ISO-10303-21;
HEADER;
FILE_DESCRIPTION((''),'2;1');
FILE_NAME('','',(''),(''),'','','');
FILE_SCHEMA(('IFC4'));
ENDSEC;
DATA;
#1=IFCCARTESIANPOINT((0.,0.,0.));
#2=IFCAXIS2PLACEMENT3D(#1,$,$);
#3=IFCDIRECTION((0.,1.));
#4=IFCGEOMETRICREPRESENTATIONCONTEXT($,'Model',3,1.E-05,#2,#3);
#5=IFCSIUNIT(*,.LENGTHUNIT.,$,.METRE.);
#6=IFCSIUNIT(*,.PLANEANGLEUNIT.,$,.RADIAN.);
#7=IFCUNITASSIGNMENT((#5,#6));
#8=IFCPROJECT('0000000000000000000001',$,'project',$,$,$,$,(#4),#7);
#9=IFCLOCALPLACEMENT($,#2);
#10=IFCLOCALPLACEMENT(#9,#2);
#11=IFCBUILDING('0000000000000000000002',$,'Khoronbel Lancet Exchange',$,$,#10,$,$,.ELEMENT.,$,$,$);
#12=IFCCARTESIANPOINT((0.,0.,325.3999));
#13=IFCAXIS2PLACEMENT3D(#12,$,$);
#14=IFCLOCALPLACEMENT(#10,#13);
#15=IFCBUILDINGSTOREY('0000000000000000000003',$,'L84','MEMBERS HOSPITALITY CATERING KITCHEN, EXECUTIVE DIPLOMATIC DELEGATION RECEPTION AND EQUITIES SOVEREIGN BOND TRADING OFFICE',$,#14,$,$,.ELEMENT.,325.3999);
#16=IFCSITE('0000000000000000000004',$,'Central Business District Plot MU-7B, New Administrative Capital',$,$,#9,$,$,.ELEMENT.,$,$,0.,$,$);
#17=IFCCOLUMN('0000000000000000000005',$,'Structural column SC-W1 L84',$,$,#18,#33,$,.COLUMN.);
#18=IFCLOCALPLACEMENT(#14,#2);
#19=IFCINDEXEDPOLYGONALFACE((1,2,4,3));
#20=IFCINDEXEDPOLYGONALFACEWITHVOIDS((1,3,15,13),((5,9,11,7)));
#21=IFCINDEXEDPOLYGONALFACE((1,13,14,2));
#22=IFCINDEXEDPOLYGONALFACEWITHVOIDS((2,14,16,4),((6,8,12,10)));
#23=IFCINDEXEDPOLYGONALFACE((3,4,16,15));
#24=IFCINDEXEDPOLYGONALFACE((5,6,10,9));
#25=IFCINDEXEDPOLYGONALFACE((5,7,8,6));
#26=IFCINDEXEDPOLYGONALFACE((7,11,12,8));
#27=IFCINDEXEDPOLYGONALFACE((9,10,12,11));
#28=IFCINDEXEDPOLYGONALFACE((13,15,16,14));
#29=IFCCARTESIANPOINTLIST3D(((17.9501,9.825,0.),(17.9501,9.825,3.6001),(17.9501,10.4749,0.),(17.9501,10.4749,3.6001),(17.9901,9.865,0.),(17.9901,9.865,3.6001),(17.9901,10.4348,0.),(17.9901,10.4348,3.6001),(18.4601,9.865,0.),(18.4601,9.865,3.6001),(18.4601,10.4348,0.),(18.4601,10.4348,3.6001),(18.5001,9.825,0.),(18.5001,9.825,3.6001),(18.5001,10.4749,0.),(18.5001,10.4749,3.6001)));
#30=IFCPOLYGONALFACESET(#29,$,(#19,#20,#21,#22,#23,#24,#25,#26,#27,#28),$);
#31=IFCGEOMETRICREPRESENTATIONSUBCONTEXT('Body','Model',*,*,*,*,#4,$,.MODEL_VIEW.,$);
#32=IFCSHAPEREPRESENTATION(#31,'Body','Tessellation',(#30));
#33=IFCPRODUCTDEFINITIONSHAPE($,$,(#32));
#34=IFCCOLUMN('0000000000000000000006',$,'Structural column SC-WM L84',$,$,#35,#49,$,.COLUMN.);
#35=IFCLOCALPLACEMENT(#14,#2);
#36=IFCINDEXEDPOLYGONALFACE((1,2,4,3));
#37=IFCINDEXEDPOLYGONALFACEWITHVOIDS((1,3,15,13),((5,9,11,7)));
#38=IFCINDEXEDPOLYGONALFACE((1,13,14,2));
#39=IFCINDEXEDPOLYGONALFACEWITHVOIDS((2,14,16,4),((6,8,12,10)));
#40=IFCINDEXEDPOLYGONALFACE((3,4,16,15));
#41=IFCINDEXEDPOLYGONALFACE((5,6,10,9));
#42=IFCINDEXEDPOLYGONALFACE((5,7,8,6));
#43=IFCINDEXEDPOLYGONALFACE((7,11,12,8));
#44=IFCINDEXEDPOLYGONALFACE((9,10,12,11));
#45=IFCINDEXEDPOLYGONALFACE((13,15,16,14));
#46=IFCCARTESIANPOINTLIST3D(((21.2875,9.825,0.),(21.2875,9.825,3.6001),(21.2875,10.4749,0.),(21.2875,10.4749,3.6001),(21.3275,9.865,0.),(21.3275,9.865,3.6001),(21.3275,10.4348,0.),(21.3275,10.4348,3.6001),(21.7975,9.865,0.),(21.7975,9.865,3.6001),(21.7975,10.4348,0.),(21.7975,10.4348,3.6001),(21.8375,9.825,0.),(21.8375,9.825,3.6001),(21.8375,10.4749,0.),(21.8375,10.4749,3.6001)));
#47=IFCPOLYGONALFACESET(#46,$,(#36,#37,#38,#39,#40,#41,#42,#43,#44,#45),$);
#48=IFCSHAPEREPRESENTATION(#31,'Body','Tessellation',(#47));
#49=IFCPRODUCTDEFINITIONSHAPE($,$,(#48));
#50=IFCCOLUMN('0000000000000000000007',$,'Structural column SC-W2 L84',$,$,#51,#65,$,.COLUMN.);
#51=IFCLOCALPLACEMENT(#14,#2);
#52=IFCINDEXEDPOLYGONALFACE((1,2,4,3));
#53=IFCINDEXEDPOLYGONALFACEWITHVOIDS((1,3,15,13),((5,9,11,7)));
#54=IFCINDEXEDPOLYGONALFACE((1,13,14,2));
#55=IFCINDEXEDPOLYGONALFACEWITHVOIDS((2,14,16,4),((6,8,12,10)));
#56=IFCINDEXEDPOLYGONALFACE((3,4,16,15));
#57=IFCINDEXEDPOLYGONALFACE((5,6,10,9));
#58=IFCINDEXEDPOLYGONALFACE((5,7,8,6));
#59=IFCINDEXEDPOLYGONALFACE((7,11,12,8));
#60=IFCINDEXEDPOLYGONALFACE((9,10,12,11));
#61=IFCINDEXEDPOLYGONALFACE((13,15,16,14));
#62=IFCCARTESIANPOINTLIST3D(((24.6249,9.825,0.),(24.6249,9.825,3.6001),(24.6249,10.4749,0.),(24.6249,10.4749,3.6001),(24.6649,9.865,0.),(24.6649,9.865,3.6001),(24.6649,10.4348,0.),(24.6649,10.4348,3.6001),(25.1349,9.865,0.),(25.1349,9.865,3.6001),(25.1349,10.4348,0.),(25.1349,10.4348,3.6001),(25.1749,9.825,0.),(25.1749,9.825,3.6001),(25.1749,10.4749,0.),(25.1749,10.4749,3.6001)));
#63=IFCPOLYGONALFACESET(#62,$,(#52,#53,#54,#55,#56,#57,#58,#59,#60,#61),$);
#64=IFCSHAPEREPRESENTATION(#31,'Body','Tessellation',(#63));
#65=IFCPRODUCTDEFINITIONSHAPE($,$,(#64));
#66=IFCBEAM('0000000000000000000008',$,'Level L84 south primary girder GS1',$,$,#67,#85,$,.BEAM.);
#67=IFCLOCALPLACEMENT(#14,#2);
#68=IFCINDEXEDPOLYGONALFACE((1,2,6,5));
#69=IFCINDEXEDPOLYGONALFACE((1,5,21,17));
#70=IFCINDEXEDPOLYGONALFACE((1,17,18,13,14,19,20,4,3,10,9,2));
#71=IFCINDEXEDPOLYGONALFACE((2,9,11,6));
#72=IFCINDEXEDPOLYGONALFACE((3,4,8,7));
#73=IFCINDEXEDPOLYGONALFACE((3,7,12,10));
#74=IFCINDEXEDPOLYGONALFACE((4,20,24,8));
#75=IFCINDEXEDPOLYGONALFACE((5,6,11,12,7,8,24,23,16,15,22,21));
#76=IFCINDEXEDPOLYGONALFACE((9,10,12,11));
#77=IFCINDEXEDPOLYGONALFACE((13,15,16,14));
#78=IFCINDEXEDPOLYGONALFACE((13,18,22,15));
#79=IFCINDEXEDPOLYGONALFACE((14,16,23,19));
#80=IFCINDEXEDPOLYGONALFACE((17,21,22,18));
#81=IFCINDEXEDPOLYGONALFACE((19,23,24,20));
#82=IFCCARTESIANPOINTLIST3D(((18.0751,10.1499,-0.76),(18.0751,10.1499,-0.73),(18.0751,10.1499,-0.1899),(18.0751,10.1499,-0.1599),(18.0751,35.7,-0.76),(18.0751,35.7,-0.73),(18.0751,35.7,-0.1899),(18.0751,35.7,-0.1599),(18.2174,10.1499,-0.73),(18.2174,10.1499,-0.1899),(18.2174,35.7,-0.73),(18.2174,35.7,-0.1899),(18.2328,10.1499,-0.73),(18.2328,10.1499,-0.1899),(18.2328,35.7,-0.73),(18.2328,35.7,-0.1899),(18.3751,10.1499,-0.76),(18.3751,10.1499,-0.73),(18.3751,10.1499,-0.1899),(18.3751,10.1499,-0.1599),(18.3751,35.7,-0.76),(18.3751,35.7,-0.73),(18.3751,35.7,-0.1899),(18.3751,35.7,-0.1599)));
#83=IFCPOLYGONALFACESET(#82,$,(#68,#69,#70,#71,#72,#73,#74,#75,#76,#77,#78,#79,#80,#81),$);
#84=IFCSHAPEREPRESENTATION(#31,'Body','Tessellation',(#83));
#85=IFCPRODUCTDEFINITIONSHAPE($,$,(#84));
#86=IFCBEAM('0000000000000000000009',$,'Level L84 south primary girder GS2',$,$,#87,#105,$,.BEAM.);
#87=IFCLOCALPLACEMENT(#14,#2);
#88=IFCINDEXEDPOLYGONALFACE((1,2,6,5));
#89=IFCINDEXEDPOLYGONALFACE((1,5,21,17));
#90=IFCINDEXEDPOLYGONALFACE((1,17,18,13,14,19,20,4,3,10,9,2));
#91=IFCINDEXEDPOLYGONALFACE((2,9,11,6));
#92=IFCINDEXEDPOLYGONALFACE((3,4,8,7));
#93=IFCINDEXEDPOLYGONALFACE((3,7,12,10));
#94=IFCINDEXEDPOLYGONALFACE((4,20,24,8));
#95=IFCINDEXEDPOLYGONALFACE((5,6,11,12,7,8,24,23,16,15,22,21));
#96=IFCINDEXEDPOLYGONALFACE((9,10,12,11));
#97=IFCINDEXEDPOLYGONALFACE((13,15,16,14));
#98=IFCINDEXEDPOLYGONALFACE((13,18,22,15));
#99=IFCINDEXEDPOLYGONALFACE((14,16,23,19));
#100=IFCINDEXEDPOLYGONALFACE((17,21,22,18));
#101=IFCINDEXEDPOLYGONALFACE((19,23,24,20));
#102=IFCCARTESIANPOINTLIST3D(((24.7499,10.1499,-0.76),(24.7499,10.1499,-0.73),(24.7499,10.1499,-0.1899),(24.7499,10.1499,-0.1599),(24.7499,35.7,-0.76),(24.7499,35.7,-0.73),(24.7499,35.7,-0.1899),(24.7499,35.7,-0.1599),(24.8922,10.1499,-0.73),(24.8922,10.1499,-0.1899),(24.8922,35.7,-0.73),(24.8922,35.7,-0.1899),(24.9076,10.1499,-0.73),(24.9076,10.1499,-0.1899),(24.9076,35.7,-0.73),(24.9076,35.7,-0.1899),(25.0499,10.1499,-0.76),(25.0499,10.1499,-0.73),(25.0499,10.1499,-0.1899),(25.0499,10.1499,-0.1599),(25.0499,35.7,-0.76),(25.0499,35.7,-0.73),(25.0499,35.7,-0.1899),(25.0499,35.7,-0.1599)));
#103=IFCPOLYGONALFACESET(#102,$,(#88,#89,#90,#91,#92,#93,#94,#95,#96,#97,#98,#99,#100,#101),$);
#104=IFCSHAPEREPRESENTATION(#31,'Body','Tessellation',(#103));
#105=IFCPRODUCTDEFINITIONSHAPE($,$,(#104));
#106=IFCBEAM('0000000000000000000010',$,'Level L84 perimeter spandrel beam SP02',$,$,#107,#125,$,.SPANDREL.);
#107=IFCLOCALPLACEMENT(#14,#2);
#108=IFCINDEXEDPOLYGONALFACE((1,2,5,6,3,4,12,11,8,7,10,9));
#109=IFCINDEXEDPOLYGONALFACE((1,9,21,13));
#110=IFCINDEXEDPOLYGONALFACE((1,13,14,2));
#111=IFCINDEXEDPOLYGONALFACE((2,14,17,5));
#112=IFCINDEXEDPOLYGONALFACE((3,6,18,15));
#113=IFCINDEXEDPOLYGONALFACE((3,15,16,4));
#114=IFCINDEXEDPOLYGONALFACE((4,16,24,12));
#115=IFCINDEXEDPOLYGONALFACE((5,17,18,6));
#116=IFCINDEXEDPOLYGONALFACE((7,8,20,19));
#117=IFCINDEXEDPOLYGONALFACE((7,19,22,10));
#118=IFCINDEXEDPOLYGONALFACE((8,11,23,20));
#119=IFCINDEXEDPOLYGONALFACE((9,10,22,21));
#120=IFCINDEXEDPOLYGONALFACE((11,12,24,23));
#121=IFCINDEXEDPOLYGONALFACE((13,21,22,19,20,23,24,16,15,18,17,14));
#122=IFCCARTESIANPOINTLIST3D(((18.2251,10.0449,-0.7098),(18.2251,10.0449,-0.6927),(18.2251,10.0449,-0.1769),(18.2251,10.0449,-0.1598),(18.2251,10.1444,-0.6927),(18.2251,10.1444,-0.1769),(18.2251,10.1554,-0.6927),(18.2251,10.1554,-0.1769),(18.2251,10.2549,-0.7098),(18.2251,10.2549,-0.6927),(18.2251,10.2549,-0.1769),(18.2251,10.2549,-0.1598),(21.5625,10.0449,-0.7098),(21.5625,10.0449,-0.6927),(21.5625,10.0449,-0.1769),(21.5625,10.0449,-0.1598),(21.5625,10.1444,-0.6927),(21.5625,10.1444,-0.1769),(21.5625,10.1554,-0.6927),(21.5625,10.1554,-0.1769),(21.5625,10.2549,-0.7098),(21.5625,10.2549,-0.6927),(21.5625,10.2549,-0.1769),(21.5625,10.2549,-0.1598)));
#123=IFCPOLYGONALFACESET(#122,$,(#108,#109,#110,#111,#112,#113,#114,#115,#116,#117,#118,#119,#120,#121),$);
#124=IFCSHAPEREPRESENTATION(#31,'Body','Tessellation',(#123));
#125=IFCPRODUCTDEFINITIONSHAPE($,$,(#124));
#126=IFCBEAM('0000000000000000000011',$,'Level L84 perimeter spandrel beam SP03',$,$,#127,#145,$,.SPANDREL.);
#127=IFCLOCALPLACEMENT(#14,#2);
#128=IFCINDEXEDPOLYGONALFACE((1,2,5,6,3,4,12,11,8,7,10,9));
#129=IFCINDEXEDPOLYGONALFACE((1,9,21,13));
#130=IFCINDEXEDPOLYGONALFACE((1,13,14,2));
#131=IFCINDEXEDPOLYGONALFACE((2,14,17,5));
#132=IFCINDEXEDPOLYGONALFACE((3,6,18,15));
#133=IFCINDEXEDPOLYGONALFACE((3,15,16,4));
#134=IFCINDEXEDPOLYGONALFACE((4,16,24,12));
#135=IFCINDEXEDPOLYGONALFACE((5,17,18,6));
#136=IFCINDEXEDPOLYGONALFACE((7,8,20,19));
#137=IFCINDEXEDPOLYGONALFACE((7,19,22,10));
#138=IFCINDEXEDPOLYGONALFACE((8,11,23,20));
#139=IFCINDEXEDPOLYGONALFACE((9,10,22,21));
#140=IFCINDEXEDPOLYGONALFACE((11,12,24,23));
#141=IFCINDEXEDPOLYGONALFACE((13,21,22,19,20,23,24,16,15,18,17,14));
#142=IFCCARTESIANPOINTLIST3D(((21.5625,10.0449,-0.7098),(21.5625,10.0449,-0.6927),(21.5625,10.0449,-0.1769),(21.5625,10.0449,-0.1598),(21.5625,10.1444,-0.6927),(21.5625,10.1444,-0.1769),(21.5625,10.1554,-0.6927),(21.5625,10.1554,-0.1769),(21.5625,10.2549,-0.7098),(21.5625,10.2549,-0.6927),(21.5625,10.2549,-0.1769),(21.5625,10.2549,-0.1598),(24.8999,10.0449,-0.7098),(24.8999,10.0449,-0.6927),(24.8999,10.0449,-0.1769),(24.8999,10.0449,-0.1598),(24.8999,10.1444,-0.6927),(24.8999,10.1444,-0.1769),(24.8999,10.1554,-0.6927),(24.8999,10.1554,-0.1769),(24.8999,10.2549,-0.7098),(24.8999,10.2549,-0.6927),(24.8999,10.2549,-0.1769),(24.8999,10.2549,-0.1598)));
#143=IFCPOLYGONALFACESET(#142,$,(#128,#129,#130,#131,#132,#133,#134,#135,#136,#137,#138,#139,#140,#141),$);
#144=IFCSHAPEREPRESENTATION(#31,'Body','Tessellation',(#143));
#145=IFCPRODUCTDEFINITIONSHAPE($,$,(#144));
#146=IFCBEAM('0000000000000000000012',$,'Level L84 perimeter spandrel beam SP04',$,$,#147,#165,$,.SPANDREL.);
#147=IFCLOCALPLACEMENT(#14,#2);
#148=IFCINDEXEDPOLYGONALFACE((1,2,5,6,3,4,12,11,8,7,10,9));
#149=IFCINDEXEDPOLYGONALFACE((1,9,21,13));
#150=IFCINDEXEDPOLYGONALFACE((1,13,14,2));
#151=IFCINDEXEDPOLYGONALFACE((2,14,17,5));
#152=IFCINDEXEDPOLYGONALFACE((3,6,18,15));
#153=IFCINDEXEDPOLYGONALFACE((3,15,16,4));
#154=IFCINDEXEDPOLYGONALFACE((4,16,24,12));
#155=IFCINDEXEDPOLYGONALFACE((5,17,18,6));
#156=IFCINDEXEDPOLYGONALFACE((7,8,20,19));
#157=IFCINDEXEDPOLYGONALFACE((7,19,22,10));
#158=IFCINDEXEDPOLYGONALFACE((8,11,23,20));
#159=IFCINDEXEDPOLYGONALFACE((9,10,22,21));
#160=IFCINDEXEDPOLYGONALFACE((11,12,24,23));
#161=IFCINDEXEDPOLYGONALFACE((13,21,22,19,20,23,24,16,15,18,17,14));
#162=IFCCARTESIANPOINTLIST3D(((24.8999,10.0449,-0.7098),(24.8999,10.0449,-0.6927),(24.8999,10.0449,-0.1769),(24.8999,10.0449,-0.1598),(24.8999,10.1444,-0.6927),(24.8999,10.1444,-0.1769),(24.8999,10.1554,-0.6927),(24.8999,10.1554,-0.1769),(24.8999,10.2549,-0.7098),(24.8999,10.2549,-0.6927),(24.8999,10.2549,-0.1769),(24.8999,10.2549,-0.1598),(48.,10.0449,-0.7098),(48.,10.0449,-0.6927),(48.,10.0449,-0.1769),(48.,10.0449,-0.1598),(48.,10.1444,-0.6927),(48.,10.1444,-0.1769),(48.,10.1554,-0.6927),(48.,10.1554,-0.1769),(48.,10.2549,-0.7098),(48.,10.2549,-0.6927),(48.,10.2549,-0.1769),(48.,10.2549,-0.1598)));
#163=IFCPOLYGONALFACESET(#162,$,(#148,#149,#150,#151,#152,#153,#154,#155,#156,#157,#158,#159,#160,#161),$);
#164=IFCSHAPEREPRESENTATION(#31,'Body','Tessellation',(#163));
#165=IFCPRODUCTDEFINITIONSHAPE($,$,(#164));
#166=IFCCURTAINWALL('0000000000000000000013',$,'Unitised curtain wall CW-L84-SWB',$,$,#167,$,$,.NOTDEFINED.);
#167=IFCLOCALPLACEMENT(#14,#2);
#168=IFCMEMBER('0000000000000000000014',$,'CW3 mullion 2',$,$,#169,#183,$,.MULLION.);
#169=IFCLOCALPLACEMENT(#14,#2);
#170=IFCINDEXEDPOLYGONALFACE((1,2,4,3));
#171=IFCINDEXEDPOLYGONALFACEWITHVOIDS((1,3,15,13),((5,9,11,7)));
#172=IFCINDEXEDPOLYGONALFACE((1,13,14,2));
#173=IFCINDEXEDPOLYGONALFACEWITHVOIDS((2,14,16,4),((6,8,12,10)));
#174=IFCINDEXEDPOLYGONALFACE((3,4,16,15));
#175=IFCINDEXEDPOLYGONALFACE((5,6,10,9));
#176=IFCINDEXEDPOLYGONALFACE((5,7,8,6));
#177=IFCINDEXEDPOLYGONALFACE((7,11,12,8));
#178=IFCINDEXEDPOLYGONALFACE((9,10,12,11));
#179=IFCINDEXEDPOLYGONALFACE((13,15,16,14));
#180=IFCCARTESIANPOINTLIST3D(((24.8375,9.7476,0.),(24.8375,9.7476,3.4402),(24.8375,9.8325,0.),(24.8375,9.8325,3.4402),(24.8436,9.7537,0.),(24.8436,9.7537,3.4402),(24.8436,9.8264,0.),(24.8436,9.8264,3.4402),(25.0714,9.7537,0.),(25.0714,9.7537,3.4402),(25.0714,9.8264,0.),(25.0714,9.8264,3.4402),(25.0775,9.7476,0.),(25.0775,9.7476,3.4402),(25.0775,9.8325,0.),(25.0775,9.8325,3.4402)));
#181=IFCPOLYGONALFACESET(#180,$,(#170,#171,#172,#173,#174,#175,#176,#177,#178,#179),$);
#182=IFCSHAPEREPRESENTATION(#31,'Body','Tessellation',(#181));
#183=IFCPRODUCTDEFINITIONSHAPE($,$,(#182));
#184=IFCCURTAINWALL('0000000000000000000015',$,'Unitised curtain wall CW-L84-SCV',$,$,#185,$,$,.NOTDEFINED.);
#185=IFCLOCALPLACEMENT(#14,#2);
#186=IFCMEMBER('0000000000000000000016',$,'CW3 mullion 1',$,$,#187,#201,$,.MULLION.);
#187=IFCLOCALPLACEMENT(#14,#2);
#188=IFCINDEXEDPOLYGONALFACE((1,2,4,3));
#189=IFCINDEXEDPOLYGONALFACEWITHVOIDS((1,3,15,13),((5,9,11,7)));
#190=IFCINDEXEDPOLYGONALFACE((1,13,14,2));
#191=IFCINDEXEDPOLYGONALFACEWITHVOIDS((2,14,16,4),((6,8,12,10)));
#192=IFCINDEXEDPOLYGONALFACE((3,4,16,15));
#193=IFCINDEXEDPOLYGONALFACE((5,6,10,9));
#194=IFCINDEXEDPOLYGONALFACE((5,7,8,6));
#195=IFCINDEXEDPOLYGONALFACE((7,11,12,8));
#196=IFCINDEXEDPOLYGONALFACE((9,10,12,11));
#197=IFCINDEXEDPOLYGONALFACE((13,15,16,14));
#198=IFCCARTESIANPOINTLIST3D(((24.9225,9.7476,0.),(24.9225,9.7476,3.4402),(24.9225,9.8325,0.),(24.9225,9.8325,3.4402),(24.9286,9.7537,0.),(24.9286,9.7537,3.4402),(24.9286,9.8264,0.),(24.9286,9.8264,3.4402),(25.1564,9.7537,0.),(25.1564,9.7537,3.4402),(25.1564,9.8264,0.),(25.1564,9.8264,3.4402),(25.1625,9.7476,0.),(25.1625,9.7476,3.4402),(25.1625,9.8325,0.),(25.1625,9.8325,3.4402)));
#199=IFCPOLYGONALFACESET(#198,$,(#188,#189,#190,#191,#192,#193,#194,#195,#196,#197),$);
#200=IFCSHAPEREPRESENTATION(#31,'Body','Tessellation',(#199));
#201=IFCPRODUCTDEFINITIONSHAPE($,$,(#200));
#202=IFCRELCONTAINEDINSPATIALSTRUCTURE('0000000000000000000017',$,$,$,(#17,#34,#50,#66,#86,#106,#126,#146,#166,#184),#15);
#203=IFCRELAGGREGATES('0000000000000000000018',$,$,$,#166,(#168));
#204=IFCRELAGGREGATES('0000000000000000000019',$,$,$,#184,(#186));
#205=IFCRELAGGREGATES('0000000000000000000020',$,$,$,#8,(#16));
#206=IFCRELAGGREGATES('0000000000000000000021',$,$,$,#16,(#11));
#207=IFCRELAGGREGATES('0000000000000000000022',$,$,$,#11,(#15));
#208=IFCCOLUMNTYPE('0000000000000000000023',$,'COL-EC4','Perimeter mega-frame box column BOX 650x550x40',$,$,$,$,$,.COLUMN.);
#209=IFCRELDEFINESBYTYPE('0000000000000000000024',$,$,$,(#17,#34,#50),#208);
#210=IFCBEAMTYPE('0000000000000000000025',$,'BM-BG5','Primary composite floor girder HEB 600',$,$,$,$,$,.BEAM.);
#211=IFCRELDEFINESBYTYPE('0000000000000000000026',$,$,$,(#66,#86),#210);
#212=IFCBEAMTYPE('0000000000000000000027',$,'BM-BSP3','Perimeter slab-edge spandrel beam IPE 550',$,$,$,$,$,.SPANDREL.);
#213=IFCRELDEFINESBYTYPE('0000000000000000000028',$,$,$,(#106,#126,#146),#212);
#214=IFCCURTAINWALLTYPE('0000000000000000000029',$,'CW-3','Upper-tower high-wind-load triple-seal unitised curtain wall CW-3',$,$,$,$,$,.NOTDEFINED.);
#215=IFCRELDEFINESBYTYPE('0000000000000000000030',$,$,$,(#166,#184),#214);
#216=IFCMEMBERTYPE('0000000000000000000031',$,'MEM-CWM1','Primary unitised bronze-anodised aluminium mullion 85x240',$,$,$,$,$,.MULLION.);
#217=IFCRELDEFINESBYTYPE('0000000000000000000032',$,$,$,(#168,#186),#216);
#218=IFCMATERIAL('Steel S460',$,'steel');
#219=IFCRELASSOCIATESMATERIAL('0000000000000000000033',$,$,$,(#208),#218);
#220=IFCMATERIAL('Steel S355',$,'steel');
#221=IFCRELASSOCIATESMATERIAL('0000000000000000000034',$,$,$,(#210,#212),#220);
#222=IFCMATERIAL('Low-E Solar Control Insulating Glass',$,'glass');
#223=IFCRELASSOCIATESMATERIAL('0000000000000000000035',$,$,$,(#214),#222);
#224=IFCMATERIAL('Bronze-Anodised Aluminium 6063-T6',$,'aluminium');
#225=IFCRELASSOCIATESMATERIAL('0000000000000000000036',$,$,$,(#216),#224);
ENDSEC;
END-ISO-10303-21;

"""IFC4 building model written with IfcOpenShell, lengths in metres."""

from ifc_helpers import new_model, si_unit, direction, frame, origin, origin_2d, place, context, subcontext, project, spatial, hollow_rectangle, i_section, extrude, material, material_profile, profile_set, type_object, element, aggregate, save


model = new_model("IFC4")

# Units and contexts
model_context = context("Model", 3, precision=1e-05, world=origin(), true_north=direction((0.0, 1.0)))
body_context = subcontext(model_context, "Body", "Model", "MODEL_VIEW")
ifc_project = project(units=[si_unit("LENGTHUNIT", "METRE"), si_unit("PLANEANGLEUNIT", "RADIAN")], contexts=[model_context])

# Site, building, storey
site_placement = place(None, origin())
site = spatial("IfcSite", under=ifc_project, at=site_placement, Name="Central Business District Plot MU-7B, New Administrative Capital", CompositionType="ELEMENT", RefElevation=0.0)
building_placement = place(site_placement, origin())
building = spatial("IfcBuilding", under=site, at=building_placement, Name="Khoronbel Lancet Exchange", CompositionType="ELEMENT")
storey_placement = place(building_placement, frame((0.0, 0.0, 325.3999)))
storey = spatial("IfcBuildingStorey", under=building, at=storey_placement, Name="L84", Description="MEMBERS HOSPITALITY CATERING KITCHEN, EXECUTIVE DIPLOMATIC DELEGATION RECEPTION AND EQUITIES SOVEREIGN BOND TRADING OFFICE", CompositionType="ELEMENT", Elevation=325.3999)

# Columns
ifc_material_1 = material(Name="Steel S460", Category="steel")
ifc_material_profile_1 = material_profile(ifc_material_1, hollow_rectangle(XDim=0.55, YDim=0.6499, WallThickness=0.04, at=origin_2d()), Name="BOX 650x550x40")
ifc_profile_set_1 = profile_set([ifc_material_profile_1], Name="Steel S460")
column_type = type_object("IfcColumnType", Name="COL-EC4", Description="Perimeter mega-frame box column BOX 650x550x40", PredefinedType="COLUMN", material=ifc_profile_set_1)
for number, where, z_axis, x_axis, name in (
    (1, (18.2251, 10.1499, 0.0), (0.0, 0.0, 1.0), (1.0, 0.0, 0.0), "Structural column SC-W1 L84"),
    (2, (21.5625, 10.1499, 0.0), (0.0, 0.0, 1.0), (1.0, 0.0, 0.0), "Structural column SC-WM L84"),
    (3, (24.8999, 10.1499, 0.0), (0.0, 0.0, 1.0), (1.0, 0.0, 0.0), "Structural column SC-W2 L84"),
):
    element("IfcColumn", number, at=place(storey_placement, frame(where, z_axis=z_axis, x_axis=x_axis)), inside=storey, type_object=column_type, Name=name, PredefinedType="COLUMN", context=body_context, shape_type="SweptSolid", body=[
        extrude(hollow_rectangle(XDim=0.55, YDim=0.6499, WallThickness=0.04, at=origin_2d()), origin(), (0.0, 0.0, 1.0), 3.6001),
    ])

# Beams
ifc_material_2 = material(Name="Steel S355", Category="steel")
ifc_material_profile_2 = material_profile(ifc_material_2, i_section(OverallWidth=0.3, OverallDepth=0.6001, WebThickness=0.0154, FlangeThickness=0.03, at=origin_2d()), Name="HEB 600")
ifc_profile_set_2 = profile_set([ifc_material_profile_2], Name="Steel S355")
beam_type_1 = type_object("IfcBeamType", Name="BM-BG5", Description="Primary composite floor girder HEB 600", PredefinedType="BEAM", material=ifc_profile_set_2)
for number, where, z_axis, x_axis, name in (
    (4, (18.2251, 10.1499, -0.46), (0.0, 1.0, 0.0), (-1.0, 0.0, 0.0), "Level L84 south primary girder GS1"),
    (5, (24.8999, 10.1499, -0.46), (0.0, 1.0, 0.0), (-1.0, 0.0, 0.0), "Level L84 south primary girder GS2"),
):
    element("IfcBeam", number, at=place(storey_placement, frame(where, z_axis=z_axis, x_axis=x_axis)), inside=storey, type_object=beam_type_1, Name=name, PredefinedType="BEAM", context=body_context, shape_type="SweptSolid", body=[
        extrude(i_section(OverallWidth=0.3, OverallDepth=0.6001, WebThickness=0.0154, FlangeThickness=0.03, at=origin_2d()), origin(), (0.0, 0.0, 1.0), 25.55),
    ])
ifc_material_profile_3 = material_profile(ifc_material_2, i_section(OverallWidth=0.21, OverallDepth=0.55, WebThickness=0.011, FlangeThickness=0.0171, at=origin_2d()), Name="IPE 550")
ifc_profile_set_3 = profile_set([ifc_material_profile_3], Name="Steel S355")
beam_type_2 = type_object("IfcBeamType", Name="BM-BSP3", Description="Perimeter slab-edge spandrel beam IPE 550", PredefinedType="SPANDREL", material=ifc_profile_set_3)
for number, where, z_axis, x_axis, name in (
    (6, (18.2251, 10.1499, -0.4348), (1.0, 0.0, 0.0), (0.0, 1.0, 0.0), "Level L84 perimeter spandrel beam SP02"),
    (7, (21.5625, 10.1499, -0.4348), (1.0, 0.0, 0.0), (0.0, 1.0, 0.0), "Level L84 perimeter spandrel beam SP03"),
):
    element("IfcBeam", number, at=place(storey_placement, frame(where, z_axis=z_axis, x_axis=x_axis)), inside=storey, type_object=beam_type_2, Name=name, PredefinedType="SPANDREL", context=body_context, shape_type="SweptSolid", body=[
        extrude(i_section(OverallWidth=0.21, OverallDepth=0.55, WebThickness=0.011, FlangeThickness=0.0171, at=origin_2d()), origin(), (0.0, 0.0, 1.0), 3.3374),
    ])
beam_placement = place(storey_placement, frame((24.8999, 10.1499, -0.4348), z_axis=(1.0, 0.0, 0.0), x_axis=(0.0, 1.0, 0.0)))
element("IfcBeam", 8, at=beam_placement, inside=storey, type_object=beam_type_2, Name="Level L84 perimeter spandrel beam SP04", PredefinedType="SPANDREL", context=body_context, shape_type="SweptSolid", body=[
    extrude(i_section(OverallWidth=0.21, OverallDepth=0.55, WebThickness=0.011, FlangeThickness=0.0171, at=origin_2d()), origin(), (0.0, 0.0, 1.0), 23.1001),
])

# Curtain wall, member
ifc_material_3 = material(Name="Low-E Solar Control Insulating Glass", Category="glass")
curtain_wall_type = type_object("IfcCurtainWallType", Name="CW-3", Description="Upper-tower high-wind-load triple-seal unitised curtain wall CW-3", PredefinedType="NOTDEFINED", material=ifc_material_3)
curtain_wall_1_placement = place(storey_placement, origin())
curtain_wall_1 = element("IfcCurtainWall", 9, at=curtain_wall_1_placement, inside=storey, type_object=curtain_wall_type, Name="Unitised curtain wall CW-L84-SWB", PredefinedType="NOTDEFINED")
ifc_material_4 = material(Name="Bronze-Anodised Aluminium 6063-T6", Category="aluminium")
ifc_material_profile_4 = material_profile(ifc_material_4, hollow_rectangle(XDim=0.085, YDim=0.24, WallThickness=0.0061, at=origin_2d()), Name="ALU MULLION 85x240")
ifc_profile_set_4 = profile_set([ifc_material_profile_4], Name="Bronze-Anodised Aluminium 6063-T6")
member_type_1 = type_object("IfcMemberType", Name="MEM-CWM1", Description="Primary unitised bronze-anodised aluminium mullion 85x240", PredefinedType="MULLION", material=ifc_profile_set_4)
member_1_placement = place(storey_placement, frame((24.9575, 9.79, 0.0), z_axis=(0.0, 0.0, 1.0), x_axis=(0.0, 1.0, 0.0)))
member_1 = element("IfcMember", 10, at=member_1_placement, type_object=member_type_1, Name="CW3 mullion 2", PredefinedType="MULLION", context=body_context, shape_type="SweptSolid", body=[
    extrude(hollow_rectangle(XDim=0.085, YDim=0.24, WallThickness=0.0061, at=origin_2d()), origin(), (0.0, 0.0, 1.0), 3.4402),
])

# Curtain wall, member
curtain_wall_2_placement = place(storey_placement, origin())
curtain_wall_2 = element("IfcCurtainWall", 11, at=curtain_wall_2_placement, inside=storey, type_object=curtain_wall_type, Name="Unitised curtain wall CW-L84-SCV", PredefinedType="NOTDEFINED")
member_2_placement = place(storey_placement, frame((25.0425, 9.79, 0.0), z_axis=(0.0, 0.0, 1.0), x_axis=(0.0, 1.0, 0.0)))
member_2 = element("IfcMember", 12, at=member_2_placement, type_object=member_type_1, Name="CW3 mullion 1", PredefinedType="MULLION", context=body_context, shape_type="SweptSolid", body=[
    extrude(hollow_rectangle(XDim=0.085, YDim=0.24, WallThickness=0.0061, at=origin_2d()), origin(), (0.0, 0.0, 1.0), 3.4402),
])

aggregate(curtain_wall_1, [member_1])
aggregate(curtain_wall_2, [member_2])

save(model, "model.ifc")
